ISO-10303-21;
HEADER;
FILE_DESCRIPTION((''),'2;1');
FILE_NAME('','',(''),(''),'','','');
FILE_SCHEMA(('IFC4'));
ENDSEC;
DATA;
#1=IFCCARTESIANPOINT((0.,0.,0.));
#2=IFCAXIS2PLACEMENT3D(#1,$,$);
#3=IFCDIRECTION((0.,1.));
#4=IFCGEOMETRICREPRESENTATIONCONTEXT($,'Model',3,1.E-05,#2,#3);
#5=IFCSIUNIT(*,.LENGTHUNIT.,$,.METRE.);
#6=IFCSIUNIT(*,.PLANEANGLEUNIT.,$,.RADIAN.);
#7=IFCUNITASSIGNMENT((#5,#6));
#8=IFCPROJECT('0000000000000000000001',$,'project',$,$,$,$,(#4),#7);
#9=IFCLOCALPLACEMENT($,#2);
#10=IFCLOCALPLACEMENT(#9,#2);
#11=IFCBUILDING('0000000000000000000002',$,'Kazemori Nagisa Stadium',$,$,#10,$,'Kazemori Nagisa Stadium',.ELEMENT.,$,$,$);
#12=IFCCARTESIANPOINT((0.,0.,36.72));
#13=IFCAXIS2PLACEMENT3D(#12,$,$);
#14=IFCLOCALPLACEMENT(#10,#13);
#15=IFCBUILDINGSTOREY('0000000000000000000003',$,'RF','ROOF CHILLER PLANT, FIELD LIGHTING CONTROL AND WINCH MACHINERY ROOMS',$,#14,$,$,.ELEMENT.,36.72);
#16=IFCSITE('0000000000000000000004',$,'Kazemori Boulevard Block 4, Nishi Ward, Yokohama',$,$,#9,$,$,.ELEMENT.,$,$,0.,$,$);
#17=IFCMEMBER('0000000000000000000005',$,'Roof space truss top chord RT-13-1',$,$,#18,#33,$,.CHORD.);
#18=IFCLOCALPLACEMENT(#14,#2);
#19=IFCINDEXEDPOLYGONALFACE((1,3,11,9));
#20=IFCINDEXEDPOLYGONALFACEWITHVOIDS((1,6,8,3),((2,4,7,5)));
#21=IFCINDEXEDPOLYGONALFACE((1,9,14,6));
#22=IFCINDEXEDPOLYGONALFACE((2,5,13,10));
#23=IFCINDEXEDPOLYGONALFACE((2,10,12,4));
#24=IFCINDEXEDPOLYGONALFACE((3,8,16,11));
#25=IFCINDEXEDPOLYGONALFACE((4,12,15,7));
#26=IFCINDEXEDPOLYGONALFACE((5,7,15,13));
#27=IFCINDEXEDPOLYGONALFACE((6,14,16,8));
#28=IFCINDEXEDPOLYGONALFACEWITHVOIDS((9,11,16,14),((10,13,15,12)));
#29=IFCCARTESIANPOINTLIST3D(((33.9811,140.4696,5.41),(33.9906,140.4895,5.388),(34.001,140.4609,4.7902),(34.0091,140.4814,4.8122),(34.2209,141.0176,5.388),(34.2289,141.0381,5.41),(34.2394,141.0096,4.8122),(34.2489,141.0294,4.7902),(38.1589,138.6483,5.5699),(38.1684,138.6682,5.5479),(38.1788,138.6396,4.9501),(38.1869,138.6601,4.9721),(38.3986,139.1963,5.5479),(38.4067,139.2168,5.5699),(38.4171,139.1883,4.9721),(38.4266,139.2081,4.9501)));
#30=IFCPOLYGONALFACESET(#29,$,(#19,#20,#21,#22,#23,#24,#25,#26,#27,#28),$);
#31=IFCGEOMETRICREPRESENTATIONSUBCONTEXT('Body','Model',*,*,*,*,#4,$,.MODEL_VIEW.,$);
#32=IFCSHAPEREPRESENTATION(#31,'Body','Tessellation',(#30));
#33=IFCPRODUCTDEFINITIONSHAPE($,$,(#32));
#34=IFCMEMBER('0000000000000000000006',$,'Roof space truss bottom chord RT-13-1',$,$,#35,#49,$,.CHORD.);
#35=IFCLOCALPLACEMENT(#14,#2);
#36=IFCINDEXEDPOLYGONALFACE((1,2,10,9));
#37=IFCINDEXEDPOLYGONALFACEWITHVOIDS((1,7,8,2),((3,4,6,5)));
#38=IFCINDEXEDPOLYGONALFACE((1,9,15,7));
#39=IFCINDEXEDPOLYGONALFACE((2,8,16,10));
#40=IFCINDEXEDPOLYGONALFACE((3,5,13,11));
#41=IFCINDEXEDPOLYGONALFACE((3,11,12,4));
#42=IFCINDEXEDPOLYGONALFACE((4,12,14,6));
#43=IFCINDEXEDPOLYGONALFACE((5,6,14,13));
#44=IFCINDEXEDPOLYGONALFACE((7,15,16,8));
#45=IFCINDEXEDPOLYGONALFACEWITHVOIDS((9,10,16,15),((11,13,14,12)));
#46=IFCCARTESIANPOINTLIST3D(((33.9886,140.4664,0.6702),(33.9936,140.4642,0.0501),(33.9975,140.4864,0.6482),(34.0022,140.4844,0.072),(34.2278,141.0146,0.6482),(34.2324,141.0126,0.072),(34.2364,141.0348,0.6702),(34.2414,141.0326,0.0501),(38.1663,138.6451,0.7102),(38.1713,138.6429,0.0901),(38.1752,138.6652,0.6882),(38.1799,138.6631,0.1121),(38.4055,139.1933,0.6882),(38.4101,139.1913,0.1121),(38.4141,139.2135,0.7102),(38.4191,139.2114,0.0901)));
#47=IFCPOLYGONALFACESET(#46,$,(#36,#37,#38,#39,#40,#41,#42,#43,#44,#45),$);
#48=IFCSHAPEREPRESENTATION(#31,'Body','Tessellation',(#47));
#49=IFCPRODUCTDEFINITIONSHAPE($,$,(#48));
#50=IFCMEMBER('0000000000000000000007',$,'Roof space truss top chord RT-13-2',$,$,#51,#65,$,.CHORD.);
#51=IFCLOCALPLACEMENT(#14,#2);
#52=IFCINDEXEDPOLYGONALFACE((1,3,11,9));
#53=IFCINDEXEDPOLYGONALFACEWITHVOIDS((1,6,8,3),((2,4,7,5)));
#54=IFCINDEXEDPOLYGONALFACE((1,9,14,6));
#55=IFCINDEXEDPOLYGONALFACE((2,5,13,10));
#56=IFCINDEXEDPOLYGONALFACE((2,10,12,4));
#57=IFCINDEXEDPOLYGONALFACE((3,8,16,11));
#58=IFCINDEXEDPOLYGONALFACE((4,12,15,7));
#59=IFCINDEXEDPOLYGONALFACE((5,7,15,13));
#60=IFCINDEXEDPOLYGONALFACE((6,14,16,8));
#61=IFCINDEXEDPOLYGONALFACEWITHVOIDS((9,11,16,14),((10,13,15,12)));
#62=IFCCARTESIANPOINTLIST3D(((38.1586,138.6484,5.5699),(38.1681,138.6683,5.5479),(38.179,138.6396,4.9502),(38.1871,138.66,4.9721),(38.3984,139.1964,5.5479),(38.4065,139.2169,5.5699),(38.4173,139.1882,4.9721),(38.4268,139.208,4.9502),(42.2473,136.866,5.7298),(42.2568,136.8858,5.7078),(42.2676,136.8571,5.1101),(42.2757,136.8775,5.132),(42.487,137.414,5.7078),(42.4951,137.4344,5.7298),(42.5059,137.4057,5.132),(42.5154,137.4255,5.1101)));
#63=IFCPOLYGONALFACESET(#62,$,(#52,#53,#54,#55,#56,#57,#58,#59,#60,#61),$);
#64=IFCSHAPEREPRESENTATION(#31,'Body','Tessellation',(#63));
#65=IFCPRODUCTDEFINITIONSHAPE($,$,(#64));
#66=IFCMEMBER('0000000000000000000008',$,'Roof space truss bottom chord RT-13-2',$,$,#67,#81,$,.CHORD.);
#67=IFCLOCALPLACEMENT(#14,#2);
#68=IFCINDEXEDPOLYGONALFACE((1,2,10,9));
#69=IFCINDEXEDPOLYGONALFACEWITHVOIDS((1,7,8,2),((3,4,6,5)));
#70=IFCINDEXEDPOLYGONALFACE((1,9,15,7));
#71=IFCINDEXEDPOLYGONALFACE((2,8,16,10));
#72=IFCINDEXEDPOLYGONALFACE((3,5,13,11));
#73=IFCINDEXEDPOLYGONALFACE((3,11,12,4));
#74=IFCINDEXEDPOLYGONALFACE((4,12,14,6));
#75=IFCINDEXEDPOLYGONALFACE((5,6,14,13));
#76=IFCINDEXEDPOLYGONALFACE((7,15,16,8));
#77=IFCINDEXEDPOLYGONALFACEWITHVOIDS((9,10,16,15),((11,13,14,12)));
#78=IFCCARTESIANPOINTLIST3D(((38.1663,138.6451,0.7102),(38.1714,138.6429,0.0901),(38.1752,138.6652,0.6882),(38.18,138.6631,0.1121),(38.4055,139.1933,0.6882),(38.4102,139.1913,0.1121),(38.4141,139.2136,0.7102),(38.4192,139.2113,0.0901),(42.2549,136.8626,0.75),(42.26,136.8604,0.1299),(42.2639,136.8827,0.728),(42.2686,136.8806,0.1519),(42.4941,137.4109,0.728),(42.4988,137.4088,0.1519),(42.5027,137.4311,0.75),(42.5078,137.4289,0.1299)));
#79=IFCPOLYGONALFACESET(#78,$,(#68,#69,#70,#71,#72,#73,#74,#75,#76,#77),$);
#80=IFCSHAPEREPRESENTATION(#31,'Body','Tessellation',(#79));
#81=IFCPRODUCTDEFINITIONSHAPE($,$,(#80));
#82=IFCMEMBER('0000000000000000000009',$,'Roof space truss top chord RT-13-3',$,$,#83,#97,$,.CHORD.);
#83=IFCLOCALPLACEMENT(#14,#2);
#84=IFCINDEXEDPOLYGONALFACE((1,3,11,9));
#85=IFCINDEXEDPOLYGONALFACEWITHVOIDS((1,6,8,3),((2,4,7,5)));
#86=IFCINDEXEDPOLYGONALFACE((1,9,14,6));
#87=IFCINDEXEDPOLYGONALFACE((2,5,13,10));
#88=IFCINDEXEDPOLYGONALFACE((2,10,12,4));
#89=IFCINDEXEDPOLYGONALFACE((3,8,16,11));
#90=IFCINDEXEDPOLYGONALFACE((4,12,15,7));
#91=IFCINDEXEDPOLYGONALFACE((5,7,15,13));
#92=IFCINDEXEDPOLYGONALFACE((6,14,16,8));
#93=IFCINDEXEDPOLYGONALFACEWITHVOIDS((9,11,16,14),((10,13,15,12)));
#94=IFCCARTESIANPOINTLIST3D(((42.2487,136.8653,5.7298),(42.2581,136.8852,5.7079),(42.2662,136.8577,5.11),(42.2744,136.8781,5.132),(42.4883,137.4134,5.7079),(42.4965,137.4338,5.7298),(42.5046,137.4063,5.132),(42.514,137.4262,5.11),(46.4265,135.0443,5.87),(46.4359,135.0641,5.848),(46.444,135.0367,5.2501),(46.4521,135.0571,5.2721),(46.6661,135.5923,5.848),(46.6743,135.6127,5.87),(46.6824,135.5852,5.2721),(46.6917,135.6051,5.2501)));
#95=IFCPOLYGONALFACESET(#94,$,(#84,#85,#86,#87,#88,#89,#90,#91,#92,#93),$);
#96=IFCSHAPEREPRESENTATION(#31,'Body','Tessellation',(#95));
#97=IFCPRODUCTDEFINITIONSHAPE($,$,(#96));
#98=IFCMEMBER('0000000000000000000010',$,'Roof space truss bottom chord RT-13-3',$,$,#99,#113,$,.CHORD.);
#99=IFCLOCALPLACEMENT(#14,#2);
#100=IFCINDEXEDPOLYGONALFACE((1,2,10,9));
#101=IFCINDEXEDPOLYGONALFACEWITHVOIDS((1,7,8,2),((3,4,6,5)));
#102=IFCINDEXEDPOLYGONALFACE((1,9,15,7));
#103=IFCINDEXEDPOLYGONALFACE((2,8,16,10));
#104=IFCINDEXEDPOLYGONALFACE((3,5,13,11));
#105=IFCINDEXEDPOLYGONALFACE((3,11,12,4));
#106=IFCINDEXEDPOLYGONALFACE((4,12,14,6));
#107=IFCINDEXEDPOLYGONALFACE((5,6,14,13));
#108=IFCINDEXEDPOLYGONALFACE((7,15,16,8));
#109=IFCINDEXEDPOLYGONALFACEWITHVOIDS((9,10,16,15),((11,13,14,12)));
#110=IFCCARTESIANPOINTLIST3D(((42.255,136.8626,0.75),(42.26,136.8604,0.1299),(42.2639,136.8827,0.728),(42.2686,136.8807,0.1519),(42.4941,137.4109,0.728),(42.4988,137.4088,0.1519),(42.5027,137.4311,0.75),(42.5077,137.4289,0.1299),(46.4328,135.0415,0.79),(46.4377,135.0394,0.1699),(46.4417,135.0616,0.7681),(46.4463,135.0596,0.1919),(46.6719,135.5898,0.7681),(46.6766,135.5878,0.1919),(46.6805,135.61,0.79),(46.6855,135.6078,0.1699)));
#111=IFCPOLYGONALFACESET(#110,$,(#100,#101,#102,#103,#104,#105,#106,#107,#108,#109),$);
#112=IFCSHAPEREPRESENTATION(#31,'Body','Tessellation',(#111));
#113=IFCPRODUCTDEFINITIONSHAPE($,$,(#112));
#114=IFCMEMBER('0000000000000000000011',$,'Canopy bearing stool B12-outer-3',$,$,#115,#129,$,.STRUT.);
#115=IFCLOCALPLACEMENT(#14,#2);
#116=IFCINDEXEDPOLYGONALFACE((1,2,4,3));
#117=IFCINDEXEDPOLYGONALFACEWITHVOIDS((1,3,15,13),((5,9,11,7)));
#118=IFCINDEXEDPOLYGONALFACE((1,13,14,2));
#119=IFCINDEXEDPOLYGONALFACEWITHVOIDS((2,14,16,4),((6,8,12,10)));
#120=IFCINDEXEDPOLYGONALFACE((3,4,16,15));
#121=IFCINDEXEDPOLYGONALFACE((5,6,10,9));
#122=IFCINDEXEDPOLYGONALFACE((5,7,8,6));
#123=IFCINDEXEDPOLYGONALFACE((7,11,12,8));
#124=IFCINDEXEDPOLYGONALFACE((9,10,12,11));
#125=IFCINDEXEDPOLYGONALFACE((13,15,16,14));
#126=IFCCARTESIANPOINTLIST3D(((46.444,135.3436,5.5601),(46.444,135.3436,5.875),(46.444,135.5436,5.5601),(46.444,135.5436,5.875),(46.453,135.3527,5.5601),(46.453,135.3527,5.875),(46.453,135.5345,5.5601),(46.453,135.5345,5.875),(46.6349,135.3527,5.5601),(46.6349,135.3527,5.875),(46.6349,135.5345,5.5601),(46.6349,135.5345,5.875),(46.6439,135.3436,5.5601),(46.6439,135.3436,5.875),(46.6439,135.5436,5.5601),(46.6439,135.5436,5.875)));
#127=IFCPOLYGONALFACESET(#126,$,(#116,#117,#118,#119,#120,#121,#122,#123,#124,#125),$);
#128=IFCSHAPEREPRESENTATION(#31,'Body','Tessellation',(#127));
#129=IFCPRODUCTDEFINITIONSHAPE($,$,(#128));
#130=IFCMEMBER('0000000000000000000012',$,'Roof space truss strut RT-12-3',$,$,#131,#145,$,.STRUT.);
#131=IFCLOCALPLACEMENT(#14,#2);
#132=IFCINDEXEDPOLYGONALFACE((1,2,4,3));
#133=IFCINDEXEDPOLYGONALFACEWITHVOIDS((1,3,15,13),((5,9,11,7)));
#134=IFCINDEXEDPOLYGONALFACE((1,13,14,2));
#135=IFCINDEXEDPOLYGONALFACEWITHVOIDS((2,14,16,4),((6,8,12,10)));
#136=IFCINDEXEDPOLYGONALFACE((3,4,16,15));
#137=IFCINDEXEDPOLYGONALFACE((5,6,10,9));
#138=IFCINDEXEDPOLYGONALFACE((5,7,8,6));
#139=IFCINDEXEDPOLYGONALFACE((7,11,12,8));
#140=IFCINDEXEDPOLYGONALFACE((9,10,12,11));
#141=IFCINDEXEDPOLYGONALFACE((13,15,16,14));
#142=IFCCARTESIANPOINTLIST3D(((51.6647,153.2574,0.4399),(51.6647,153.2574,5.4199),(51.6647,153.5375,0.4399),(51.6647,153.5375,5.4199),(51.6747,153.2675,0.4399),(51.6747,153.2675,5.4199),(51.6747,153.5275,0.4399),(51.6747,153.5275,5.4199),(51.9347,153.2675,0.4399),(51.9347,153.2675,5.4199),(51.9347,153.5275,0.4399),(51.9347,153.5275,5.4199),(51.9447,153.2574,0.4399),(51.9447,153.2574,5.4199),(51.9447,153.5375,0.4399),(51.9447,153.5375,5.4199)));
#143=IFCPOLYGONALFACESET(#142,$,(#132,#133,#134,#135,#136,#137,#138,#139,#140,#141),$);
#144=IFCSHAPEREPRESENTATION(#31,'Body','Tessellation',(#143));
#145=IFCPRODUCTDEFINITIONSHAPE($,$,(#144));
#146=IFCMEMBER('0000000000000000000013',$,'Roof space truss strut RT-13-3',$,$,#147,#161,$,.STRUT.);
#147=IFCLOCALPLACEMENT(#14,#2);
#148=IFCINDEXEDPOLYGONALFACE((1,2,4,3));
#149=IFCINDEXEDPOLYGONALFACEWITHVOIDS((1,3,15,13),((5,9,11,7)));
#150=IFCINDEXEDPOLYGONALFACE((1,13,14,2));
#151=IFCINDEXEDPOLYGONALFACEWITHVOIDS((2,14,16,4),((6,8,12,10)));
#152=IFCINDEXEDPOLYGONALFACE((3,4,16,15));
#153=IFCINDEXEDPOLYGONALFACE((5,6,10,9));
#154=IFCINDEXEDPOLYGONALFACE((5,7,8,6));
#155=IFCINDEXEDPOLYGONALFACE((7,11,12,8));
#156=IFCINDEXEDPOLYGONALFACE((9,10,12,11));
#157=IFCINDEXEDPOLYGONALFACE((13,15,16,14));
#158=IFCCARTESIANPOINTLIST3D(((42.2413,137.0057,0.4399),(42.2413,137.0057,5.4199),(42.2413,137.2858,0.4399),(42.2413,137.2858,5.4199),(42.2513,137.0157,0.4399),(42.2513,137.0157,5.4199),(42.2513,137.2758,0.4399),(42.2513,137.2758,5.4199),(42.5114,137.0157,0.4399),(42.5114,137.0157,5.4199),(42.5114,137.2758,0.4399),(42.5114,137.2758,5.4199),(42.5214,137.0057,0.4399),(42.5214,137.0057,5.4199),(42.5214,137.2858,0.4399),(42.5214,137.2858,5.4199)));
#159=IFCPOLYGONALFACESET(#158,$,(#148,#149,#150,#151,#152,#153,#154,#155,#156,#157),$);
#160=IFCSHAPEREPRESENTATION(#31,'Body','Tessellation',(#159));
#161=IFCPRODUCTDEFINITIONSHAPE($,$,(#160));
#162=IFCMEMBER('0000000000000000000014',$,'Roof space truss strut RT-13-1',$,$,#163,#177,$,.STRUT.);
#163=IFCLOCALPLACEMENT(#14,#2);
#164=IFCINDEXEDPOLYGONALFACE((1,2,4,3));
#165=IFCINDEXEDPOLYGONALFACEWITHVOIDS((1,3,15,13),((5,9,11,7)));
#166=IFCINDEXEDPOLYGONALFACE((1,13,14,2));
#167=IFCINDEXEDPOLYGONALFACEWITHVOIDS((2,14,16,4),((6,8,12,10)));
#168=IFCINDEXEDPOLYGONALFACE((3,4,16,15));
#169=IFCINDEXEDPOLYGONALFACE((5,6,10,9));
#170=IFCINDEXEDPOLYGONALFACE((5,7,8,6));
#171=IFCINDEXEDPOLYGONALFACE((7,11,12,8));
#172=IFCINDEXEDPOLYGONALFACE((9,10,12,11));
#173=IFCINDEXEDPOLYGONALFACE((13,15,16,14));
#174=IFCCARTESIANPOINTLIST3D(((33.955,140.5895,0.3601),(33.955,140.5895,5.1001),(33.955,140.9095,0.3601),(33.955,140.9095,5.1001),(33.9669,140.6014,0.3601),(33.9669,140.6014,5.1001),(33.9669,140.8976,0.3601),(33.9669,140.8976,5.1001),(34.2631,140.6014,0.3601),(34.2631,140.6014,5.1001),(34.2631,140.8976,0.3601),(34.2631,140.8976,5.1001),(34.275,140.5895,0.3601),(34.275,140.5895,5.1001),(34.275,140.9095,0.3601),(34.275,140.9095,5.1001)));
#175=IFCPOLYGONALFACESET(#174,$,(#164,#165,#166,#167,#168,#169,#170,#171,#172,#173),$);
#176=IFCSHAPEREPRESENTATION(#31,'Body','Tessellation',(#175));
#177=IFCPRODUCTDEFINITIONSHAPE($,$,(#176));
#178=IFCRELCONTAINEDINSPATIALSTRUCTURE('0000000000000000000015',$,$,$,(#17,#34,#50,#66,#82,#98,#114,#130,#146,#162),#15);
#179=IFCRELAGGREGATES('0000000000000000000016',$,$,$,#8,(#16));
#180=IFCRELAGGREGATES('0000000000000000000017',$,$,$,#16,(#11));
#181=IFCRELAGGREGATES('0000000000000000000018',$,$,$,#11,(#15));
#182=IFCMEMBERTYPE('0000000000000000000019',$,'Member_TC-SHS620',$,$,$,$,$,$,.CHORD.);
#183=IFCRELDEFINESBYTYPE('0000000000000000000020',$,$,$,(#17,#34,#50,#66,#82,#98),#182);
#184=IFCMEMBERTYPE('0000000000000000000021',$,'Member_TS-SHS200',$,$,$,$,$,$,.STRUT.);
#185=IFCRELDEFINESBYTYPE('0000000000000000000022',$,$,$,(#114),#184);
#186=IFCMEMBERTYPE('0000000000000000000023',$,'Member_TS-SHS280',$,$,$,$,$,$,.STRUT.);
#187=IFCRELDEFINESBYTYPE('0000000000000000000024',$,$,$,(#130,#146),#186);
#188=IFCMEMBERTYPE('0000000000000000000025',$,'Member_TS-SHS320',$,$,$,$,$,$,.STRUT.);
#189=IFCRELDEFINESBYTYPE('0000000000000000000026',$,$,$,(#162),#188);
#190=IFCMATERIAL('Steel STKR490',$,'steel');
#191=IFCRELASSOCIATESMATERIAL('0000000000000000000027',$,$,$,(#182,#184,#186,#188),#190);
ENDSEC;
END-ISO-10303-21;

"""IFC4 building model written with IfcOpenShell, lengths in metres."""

from ifc_helpers import new_model, si_unit, direction, frame, origin, origin_2d, place, context, subcontext, project, spatial, hollow_rectangle, extrude, material, material_profile, profile_set, type_object, element, save


model = new_model("IFC4")

# Units and contexts
model_context = context("Model", 3, precision=1e-05, world=origin(), true_north=direction((0.0, 1.0)))
body_context = subcontext(model_context, "Body", "Model", "MODEL_VIEW")
ifc_project = project(units=[si_unit("LENGTHUNIT", "METRE"), si_unit("PLANEANGLEUNIT", "RADIAN")], contexts=[model_context])

# Site, building, storey
site_placement = place(None, origin())
site = spatial("IfcSite", under=ifc_project, at=site_placement, Name="Kazemori Boulevard Block 4, Nishi Ward, Yokohama", CompositionType="ELEMENT", RefElevation=0.0)
building_placement = place(site_placement, origin())
building = spatial("IfcBuilding", under=site, at=building_placement, Name="Kazemori Nagisa Stadium", LongName="Kazemori Nagisa Stadium", CompositionType="ELEMENT")
storey_placement = place(building_placement, frame((0.0, 0.0, 36.72)))
storey = spatial("IfcBuildingStorey", under=building, at=storey_placement, Name="RF", Description="ROOF CHILLER PLANT, FIELD LIGHTING CONTROL AND WINCH MACHINERY ROOMS", CompositionType="ELEMENT", Elevation=36.72)

# Members
ifc_material_1 = material(Name="Steel STKR490", Category="steel")
ifc_material_profile_1 = material_profile(ifc_material_1, hollow_rectangle(XDim=0.6201, YDim=0.6201, WallThickness=0.022, at=origin_2d()), Name="SHS-620x620x22")
ifc_profile_set_1 = profile_set([ifc_material_profile_1], Name="Steel STKR490")
member_type_1 = type_object("IfcMemberType", Name="Member_TC-SHS620", PredefinedType="CHORD", material=ifc_profile_set_1)
member_1_placement = place(storey_placement, frame((34.115, 140.7495, 5.1001), z_axis=(0.916114, -0.399381, 0.035066), x_axis=(0.399627, 0.916678, 0.0)))
element("IfcMember", 1, at=member_1_placement, inside=storey, type_object=member_type_1, Name="Roof space truss top chord RT-13-1", PredefinedType="CHORD", context=body_context, shape_type="SweptSolid", body=[
    extrude(hollow_rectangle(XDim=0.6201, YDim=0.6201, WallThickness=0.022, at=origin_2d()), origin(), (0.0, 0.0, 1.0), 4.5603),
])
member_2_placement = place(storey_placement, frame((34.115, 140.7495, 0.3601), z_axis=(0.916642, -0.399612, 0.008785), x_axis=(0.399627, 0.916678, 0.0)))
element("IfcMember", 2, at=member_2_placement, inside=storey, type_object=member_type_1, Name="Roof space truss bottom chord RT-13-1", PredefinedType="CHORD", context=body_context, shape_type="SweptSolid", body=[
    extrude(hollow_rectangle(XDim=0.6201, YDim=0.6201, WallThickness=0.022, at=origin_2d()), origin(), (0.0, 0.0, 1.0), 4.5576),
])
member_3_placement = place(storey_placement, frame((38.2927, 138.9282, 5.26), z_axis=(0.916087, -0.399376, 0.03583), x_axis=(0.399633, 0.916675, 0.0)))
element("IfcMember", 3, at=member_3_placement, inside=storey, type_object=member_type_1, Name="Roof space truss top chord RT-13-2", PredefinedType="CHORD", context=body_context, shape_type="SweptSolid", body=[
    extrude(hollow_rectangle(XDim=0.6201, YDim=0.6201, WallThickness=0.022, at=origin_2d()), origin(), (0.0, 0.0, 1.0), 4.4631),
])
member_4_placement = place(storey_placement, frame((38.2927, 138.9282, 0.4001), z_axis=(0.916639, -0.399617, 0.008922), x_axis=(0.399633, 0.916675, 0.0)))
element("IfcMember", 4, at=member_4_placement, inside=storey, type_object=member_type_1, Name="Roof space truss bottom chord RT-13-2", PredefinedType="CHORD", context=body_context, shape_type="SweptSolid", body=[
    extrude(hollow_rectangle(XDim=0.6201, YDim=0.6201, WallThickness=0.022, at=origin_2d()), origin(), (0.0, 0.0, 1.0), 4.4604),
])
member_5_placement = place(storey_placement, frame((42.3813, 137.1458, 5.4199), z_axis=(0.916264, -0.399393, 0.030735), x_axis=(0.399582, 0.916697, 0.0)))
element("IfcMember", 5, at=member_5_placement, inside=storey, type_object=member_type_1, Name="Roof space truss top chord RT-13-3", PredefinedType="CHORD", context=body_context, shape_type="SweptSolid", body=[
    extrude(hollow_rectangle(XDim=0.6201, YDim=0.6201, WallThickness=0.022, at=origin_2d()), origin(), (0.0, 0.0, 1.0), 4.5596),
])
member_6_placement = place(storey_placement, frame((42.3813, 137.1458, 0.4399), z_axis=(0.916662, -0.399567, 0.008785), x_axis=(0.399582, 0.916697, 0.0)))
element("IfcMember", 6, at=member_6_placement, inside=storey, type_object=member_type_1, Name="Roof space truss bottom chord RT-13-3", PredefinedType="CHORD", context=body_context, shape_type="SweptSolid", body=[
    extrude(hollow_rectangle(XDim=0.6201, YDim=0.6201, WallThickness=0.022, at=origin_2d()), origin(), (0.0, 0.0, 1.0), 4.5576),
])
ifc_material_profile_2 = material_profile(ifc_material_1, hollow_rectangle(XDim=0.2, YDim=0.2, WallThickness=0.009, at=origin_2d()), Name="SHS-200x200x9")
ifc_profile_set_2 = profile_set([ifc_material_profile_2], Name="Steel STKR490")
member_type_2 = type_object("IfcMemberType", Name="Member_TS-SHS200", PredefinedType="STRUT", material=ifc_profile_set_2)
member_7_placement = place(storey_placement, frame((46.5439, 135.4436, 5.5601), z_axis=(0.0, 0.0, 1.0), x_axis=(1.0, 0.0, 0.0)))
element("IfcMember", 7, at=member_7_placement, inside=storey, type_object=member_type_2, Name="Canopy bearing stool B12-outer-3", PredefinedType="STRUT", context=body_context, shape_type="SweptSolid", body=[
    extrude(hollow_rectangle(XDim=0.2, YDim=0.2, WallThickness=0.009, at=origin_2d()), origin(), (0.0, 0.0, 1.0), 0.3149),
])
ifc_material_profile_3 = material_profile(ifc_material_1, hollow_rectangle(XDim=0.28, YDim=0.28, WallThickness=0.01, at=origin_2d()), Name="SHS-280x280x10")
ifc_profile_set_3 = profile_set([ifc_material_profile_3], Name="Steel STKR490")
member_type_3 = type_object("IfcMemberType", Name="Member_TS-SHS280", PredefinedType="STRUT", material=ifc_profile_set_3)
for number, where, z_axis, x_axis, name in (
    (8, (51.8047, 153.3975, 0.4399), (0.0, 0.0, 1.0), (1.0, 0.0, 0.0), "Roof space truss strut RT-12-3"),
    (9, (42.3813, 137.1458, 0.4399), (0.0, 0.0, 1.0), (1.0, 0.0, 0.0), "Roof space truss strut RT-13-3"),
):
    element("IfcMember", number, at=place(storey_placement, frame(where, z_axis=z_axis, x_axis=x_axis)), inside=storey, type_object=member_type_3, Name=name, PredefinedType="STRUT", context=body_context, shape_type="SweptSolid", body=[
        extrude(hollow_rectangle(XDim=0.28, YDim=0.28, WallThickness=0.01, at=origin_2d()), origin(), (0.0, 0.0, 1.0), 4.98),
    ])
ifc_material_profile_4 = material_profile(ifc_material_1, hollow_rectangle(XDim=0.3201, YDim=0.3201, WallThickness=0.012, at=origin_2d()), Name="SHS-320x320x12")
ifc_profile_set_4 = profile_set([ifc_material_profile_4], Name="Steel STKR490")
member_type_4 = type_object("IfcMemberType", Name="Member_TS-SHS320", PredefinedType="STRUT", material=ifc_profile_set_4)
member_8_placement = place(storey_placement, frame((34.115, 140.7495, 0.3601), z_axis=(0.0, 0.0, 1.0), x_axis=(1.0, 0.0, 0.0)))
element("IfcMember", 10, at=member_8_placement, inside=storey, type_object=member_type_4, Name="Roof space truss strut RT-13-1", PredefinedType="STRUT", context=body_context, shape_type="SweptSolid", body=[
    extrude(hollow_rectangle(XDim=0.3201, YDim=0.3201, WallThickness=0.012, at=origin_2d()), origin(), (0.0, 0.0, 1.0), 4.74),
])

save(model, "model.ifc")
